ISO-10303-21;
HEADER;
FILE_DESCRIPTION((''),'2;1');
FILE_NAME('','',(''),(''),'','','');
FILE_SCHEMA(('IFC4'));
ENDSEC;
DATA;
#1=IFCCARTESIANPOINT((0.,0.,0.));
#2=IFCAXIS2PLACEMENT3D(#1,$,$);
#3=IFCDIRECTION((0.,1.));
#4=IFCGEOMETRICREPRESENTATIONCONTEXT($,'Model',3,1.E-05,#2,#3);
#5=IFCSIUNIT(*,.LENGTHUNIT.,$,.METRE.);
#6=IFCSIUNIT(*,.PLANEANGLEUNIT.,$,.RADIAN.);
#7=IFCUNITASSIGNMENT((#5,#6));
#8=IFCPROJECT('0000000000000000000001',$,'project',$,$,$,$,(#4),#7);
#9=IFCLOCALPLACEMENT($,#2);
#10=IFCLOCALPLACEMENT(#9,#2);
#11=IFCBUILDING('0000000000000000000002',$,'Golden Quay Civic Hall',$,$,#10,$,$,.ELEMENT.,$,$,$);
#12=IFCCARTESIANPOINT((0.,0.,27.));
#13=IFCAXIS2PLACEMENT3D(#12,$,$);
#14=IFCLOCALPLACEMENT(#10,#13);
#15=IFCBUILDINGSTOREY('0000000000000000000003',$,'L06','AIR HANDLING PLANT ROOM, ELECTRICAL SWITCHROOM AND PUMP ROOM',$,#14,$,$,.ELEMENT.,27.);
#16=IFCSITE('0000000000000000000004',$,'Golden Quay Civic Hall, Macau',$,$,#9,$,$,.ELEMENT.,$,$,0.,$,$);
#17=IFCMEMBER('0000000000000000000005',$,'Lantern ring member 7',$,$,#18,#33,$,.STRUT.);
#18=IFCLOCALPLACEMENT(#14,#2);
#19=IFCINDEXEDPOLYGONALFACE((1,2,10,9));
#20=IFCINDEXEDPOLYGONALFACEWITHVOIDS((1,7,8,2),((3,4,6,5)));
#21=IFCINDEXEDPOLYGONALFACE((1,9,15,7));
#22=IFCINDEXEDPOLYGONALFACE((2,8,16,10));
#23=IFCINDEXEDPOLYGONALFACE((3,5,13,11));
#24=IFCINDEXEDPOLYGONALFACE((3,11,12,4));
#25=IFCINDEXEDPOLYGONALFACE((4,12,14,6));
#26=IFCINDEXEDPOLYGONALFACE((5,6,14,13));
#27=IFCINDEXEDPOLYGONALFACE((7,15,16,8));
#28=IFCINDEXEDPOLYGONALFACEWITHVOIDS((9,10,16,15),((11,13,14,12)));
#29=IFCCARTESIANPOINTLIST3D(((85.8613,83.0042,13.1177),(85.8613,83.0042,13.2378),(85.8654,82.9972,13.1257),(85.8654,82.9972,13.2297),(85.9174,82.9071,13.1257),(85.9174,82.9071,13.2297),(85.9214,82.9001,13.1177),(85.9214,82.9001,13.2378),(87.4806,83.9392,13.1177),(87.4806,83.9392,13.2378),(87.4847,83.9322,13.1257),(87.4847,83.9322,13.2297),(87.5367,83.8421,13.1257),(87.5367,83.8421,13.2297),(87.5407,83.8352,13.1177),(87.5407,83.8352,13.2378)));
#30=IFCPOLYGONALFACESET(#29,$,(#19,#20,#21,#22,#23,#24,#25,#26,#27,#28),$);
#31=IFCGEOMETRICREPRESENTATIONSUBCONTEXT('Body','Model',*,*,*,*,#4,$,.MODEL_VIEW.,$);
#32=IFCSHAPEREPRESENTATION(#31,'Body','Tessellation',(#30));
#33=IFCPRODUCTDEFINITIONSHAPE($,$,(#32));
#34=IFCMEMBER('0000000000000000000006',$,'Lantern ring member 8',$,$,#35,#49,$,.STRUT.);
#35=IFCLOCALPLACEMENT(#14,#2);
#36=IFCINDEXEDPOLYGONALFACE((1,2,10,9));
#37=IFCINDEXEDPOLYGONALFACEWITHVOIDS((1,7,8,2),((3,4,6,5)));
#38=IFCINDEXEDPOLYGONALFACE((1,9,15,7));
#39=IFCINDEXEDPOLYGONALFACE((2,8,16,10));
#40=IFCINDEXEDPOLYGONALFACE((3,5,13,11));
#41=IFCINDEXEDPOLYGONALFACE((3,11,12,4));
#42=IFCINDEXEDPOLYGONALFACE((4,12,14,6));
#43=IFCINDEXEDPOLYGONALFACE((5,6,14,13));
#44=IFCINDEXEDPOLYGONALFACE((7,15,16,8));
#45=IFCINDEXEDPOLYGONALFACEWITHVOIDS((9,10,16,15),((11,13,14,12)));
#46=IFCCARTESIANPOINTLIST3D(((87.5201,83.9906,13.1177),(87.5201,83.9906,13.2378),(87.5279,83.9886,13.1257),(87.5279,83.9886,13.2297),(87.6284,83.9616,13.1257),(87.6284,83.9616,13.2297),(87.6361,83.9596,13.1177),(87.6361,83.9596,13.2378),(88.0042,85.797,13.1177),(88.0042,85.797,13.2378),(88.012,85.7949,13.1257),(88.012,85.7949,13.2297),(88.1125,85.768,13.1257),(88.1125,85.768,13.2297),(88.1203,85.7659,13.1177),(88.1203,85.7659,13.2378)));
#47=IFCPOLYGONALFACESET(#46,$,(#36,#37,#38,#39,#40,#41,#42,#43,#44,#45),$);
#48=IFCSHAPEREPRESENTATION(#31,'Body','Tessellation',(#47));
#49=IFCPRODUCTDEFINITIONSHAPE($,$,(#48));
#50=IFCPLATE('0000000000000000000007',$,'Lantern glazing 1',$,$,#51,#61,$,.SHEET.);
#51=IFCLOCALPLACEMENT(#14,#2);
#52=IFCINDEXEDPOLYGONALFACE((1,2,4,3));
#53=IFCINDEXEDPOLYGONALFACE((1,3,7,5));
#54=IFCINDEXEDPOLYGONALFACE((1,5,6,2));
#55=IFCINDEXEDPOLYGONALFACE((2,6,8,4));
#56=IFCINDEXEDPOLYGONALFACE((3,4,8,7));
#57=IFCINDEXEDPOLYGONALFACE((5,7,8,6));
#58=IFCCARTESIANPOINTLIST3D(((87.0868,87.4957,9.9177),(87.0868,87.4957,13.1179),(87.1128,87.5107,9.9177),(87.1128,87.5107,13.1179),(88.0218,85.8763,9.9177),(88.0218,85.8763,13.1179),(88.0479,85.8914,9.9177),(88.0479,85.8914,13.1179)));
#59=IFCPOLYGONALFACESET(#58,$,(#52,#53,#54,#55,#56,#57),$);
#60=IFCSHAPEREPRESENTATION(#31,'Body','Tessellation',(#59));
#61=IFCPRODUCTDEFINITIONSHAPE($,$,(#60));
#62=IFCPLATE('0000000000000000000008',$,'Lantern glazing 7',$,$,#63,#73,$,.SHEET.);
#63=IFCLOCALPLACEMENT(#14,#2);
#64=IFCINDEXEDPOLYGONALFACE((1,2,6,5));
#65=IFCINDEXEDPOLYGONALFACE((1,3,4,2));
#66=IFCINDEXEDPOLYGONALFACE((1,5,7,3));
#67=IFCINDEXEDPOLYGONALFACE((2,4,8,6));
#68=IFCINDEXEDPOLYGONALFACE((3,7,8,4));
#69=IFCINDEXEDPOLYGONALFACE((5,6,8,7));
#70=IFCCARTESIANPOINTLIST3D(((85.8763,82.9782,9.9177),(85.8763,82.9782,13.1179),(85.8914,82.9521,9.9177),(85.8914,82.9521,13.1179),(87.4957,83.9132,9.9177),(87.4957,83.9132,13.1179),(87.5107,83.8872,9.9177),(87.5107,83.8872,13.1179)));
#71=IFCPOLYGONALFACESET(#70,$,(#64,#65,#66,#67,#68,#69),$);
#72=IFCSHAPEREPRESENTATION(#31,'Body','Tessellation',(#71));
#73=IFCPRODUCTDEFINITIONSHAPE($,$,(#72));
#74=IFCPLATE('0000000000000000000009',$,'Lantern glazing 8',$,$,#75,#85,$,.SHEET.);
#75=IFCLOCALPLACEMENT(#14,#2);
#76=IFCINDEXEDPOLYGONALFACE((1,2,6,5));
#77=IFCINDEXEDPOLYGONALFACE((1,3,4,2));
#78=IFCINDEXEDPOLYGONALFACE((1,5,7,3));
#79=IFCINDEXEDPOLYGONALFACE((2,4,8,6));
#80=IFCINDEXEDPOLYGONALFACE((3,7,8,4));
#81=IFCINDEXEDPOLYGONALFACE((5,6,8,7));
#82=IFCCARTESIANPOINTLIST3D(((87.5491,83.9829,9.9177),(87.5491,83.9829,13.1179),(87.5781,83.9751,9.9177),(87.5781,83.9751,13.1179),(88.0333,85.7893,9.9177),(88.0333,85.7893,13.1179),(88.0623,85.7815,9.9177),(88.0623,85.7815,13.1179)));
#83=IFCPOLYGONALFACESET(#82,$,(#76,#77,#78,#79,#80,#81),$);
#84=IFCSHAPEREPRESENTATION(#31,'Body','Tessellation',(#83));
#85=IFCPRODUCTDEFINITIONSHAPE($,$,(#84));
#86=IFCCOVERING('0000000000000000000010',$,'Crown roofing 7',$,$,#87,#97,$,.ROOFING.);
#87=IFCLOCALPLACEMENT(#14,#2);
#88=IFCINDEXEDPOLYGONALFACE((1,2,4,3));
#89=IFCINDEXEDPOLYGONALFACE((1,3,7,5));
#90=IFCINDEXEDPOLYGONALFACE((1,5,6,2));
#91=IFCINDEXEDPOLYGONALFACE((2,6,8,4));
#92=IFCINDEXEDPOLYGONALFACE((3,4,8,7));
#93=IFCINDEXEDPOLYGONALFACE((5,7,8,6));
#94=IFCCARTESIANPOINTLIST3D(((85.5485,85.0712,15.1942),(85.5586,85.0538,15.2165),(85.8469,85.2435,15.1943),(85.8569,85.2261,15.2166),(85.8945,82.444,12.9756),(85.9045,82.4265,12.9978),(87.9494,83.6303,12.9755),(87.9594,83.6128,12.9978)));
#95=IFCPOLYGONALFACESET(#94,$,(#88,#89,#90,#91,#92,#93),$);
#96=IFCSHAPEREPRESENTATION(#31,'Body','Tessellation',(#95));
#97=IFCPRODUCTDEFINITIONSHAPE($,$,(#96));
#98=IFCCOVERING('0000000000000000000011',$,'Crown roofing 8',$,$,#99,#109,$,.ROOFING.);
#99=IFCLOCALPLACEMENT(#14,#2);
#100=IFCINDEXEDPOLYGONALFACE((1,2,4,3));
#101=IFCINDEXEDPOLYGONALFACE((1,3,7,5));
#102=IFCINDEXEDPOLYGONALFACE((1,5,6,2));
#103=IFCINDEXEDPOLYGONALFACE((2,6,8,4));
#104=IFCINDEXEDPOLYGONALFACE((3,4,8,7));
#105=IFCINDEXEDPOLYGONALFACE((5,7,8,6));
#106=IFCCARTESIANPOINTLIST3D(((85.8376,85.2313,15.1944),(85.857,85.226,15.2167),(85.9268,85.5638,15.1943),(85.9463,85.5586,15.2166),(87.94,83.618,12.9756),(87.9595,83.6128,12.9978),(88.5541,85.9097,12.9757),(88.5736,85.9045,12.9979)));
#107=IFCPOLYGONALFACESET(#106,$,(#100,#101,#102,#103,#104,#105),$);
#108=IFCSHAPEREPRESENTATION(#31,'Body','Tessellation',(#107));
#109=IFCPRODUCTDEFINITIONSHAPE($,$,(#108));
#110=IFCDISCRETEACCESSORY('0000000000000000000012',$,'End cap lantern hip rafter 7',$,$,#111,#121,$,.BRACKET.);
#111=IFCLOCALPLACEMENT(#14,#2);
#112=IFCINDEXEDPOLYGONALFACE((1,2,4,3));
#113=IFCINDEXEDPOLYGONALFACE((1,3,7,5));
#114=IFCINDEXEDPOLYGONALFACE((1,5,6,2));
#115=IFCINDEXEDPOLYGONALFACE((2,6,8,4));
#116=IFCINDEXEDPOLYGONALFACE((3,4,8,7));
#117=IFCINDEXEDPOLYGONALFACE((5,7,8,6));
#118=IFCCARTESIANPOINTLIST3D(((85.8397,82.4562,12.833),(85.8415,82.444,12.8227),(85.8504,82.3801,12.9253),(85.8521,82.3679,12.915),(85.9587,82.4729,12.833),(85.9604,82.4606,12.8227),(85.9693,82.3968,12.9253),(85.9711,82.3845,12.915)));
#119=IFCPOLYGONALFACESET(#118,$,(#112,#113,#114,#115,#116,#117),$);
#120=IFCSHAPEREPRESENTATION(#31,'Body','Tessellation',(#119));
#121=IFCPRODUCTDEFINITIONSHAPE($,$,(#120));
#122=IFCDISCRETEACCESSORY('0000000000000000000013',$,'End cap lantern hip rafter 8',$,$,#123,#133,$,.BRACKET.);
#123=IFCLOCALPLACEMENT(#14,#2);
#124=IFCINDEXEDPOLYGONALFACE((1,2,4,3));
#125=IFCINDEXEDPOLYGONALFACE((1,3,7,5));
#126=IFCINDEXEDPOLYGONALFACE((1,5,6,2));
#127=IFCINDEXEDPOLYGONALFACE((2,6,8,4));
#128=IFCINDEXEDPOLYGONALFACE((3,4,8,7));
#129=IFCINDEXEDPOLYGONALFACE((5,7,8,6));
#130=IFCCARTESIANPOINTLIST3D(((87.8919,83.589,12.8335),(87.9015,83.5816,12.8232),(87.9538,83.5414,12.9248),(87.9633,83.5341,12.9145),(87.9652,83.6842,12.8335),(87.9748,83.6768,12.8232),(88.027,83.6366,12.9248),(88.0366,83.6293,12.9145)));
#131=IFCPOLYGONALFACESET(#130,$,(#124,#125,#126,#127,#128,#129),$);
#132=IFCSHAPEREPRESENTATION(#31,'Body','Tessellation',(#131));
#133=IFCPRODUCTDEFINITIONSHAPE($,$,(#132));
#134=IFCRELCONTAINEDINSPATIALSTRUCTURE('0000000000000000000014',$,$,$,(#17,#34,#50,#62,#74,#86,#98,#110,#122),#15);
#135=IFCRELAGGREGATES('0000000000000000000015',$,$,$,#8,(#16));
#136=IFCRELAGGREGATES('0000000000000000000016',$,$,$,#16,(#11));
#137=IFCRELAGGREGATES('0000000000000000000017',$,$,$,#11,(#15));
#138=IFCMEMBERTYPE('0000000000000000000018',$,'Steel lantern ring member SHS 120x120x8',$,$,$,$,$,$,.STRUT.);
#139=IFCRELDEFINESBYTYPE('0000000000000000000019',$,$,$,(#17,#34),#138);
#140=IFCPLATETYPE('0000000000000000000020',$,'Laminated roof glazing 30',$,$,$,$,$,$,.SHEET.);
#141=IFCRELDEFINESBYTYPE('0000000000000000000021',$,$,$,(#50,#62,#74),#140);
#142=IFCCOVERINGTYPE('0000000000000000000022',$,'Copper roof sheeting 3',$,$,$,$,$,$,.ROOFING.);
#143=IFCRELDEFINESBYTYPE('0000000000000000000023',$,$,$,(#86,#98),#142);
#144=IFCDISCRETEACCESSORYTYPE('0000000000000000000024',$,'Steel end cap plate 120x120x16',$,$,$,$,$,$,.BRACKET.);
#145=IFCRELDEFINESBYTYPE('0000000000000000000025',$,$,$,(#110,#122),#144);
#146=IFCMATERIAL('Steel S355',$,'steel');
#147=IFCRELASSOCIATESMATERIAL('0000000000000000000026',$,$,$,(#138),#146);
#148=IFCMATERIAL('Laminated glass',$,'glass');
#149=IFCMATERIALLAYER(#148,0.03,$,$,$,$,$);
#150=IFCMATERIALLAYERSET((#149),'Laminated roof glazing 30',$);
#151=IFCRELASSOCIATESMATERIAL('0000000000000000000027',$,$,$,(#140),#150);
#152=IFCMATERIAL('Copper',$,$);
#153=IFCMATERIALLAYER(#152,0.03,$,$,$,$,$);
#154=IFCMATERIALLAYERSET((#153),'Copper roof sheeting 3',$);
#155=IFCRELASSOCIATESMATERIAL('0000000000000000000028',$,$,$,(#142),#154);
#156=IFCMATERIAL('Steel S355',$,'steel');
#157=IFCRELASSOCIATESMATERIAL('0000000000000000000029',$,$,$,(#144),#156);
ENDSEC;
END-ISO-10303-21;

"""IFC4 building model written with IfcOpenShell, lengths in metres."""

from ifc_helpers import new_model, si_unit, direction, frame, origin, origin_2d, place, context, subcontext, project, spatial, polyline, rectangle, hollow_rectangle, outline, extrude, material, layer, layer_set, material_profile, profile_set, type_object, element, save


model = new_model("IFC4")

# Units and contexts
model_context = context("Model", 3, precision=1e-05, world=origin(), true_north=direction((0.0, 1.0)))
body_context = subcontext(model_context, "Body", "Model", "MODEL_VIEW")
ifc_project = project(units=[si_unit("LENGTHUNIT", "METRE"), si_unit("PLANEANGLEUNIT", "RADIAN")], contexts=[model_context])

# Site, building, storey
site_placement = place(None, origin())
site = spatial("IfcSite", under=ifc_project, at=site_placement, Name="Golden Quay Civic Hall, Macau", CompositionType="ELEMENT", RefElevation=0.0)
building_placement = place(site_placement, origin())
building = spatial("IfcBuilding", under=site, at=building_placement, Name="Golden Quay Civic Hall", CompositionType="ELEMENT")
storey_placement = place(building_placement, frame((0.0, 0.0, 27.0)))
storey = spatial("IfcBuildingStorey", under=building, at=storey_placement, Name="L06", Description="AIR HANDLING PLANT ROOM, ELECTRICAL SWITCHROOM AND PUMP ROOM", CompositionType="ELEMENT", Elevation=27.0)

# Members
ifc_material_1 = material(Name="Steel S355", Category="steel")
ifc_material_profile_1 = material_profile(ifc_material_1, hollow_rectangle(XDim=0.1201, YDim=0.1201, WallThickness=0.0081, at=origin_2d()), Name="SHS 120x120x8")
ifc_profile_set_1 = profile_set([ifc_material_profile_1], Name="Steel S355")
member_type_1 = type_object("IfcMemberType", Name="Steel lantern ring member SHS 120x120x8", PredefinedType="STRUT", material=ifc_profile_set_1)
for number, where, z_axis, x_axis, name in (
    (1, (85.8914, 82.9521, 13.1777), (0.866001, 0.500043, 0.0), (-0.500043, 0.866001, 0.0), "Lantern ring member 7"),
):
    element("IfcMember", number, at=place(storey_placement, frame(where, z_axis=z_axis, x_axis=x_axis)), inside=storey, type_object=member_type_1, Name=name, PredefinedType="STRUT", context=body_context, shape_type="SweptSolid", body=[
        extrude(hollow_rectangle(XDim=0.1201, YDim=0.1201, WallThickness=0.0081, at=origin_2d()), origin(), (0.0, 0.0, 1.0), 1.8699),
    ])
member_1_placement = place(storey_placement, frame((87.5781, 83.9751, 13.1777), z_axis=(0.258873, 0.965911, 0.0), x_axis=(-0.965911, 0.258873, 0.0)))
element("IfcMember", 2, at=member_1_placement, inside=storey, type_object=member_type_1, Name="Lantern ring member 8", PredefinedType="STRUT", context=body_context, shape_type="SweptSolid", body=[
    extrude(hollow_rectangle(XDim=0.1201, YDim=0.1201, WallThickness=0.0081, at=origin_2d()), origin(), (0.0, 0.0, 1.0), 1.8701),
])

# Plates
ifc_material_2 = material(Name="Laminated glass", Category="glass")
ifc_layer_1 = layer(ifc_material_2, 0.03)
ifc_layer_set_1 = layer_set([ifc_layer_1], Name="Laminated roof glazing 30")
plate_type = type_object("IfcPlateType", Name="Laminated roof glazing 30", PredefinedType="SHEET", material=ifc_layer_set_1)
for number, where, z_axis, x_axis, name in (
    (3, (88.0479, 85.8914, 9.9177), (0.866001, 0.500043, 0.0), (-0.500043, 0.866001, 0.0), "Lantern glazing 1"),
    (4, (85.8914, 82.9521, 9.9177), (0.500043, -0.866001, 0.0), (0.866001, 0.500043, 0.0), "Lantern glazing 7"),
):
    element("IfcPlate", number, at=place(storey_placement, frame(where, z_axis=z_axis, x_axis=x_axis)), inside=storey, type_object=plate_type, Name=name, PredefinedType="SHEET", context=body_context, shape_type="SweptSolid", body=[
        extrude(outline(polyline([(0.0, 0.0), (1.87, 0.0), (1.87, 3.2002), (0.0, 3.2002), (0.0, 0.0)])), origin(), (0.0, 0.0, -1.0), 0.03),
    ])
plate_placement = place(storey_placement, frame((87.5781, 83.9751, 9.9177), z_axis=(0.965911, -0.258873, 0.0), x_axis=(0.258873, 0.965911, 0.0)))
element("IfcPlate", 5, at=plate_placement, inside=storey, type_object=plate_type, Name="Lantern glazing 8", PredefinedType="SHEET", context=body_context, shape_type="SweptSolid", body=[
    extrude(outline(polyline([(0.0, 0.0), (1.8701, 0.0), (1.8701, 3.2002), (0.0, 3.2002), (0.0, 0.0)])), origin(), (0.0, 0.0, -1.0), 0.03),
])

# Coverings
ifc_material_3 = material(Name="Copper")
ifc_layer_2 = layer(ifc_material_3, 0.03)
ifc_layer_set_2 = layer_set([ifc_layer_2], Name="Copper roof sheeting 3")
covering_type = type_object("IfcCoveringType", Name="Copper roof sheeting 3", PredefinedType="ROOFING", material=ifc_layer_set_2)
covering_1_placement = place(storey_placement, frame((85.9045, 82.4265, 12.9978), z_axis=(0.335754, -0.581551, 0.740991), x_axis=(0.86604, 0.499974, -0.000022)))
element("IfcCovering", 6, at=covering_1_placement, inside=storey, type_object=covering_type, Name="Crown roofing 7", PredefinedType="ROOFING", context=body_context, shape_type="SweptSolid", body=[
    extrude(outline(polyline([(0.0, 0.0), (2.3728, 0.0), (1.3584, 3.3041), (1.0139, 3.3041), (0.0, 0.0)])), origin(), (0.0, 0.0, -1.0), 0.03),
])
covering_2_placement = place(storey_placement, frame((87.9595, 83.6128, 12.9978), z_axis=(0.648623, -0.173847, 0.740989), x_axis=(0.258837, 0.965921, 0.000047)))
element("IfcCovering", 7, at=covering_2_placement, inside=storey, type_object=covering_type, Name="Crown roofing 8", PredefinedType="ROOFING", context=body_context, shape_type="SweptSolid", body=[
    extrude(outline(polyline([(0.0, 0.0), (2.3726, 0.0), (1.3585, 3.304), (1.0142, 3.3042), (0.0, 0.0)])), origin(), (0.0, 0.0, -1.0), 0.03),
])

# Discrete accessories
ifc_material_4 = material(Name="Steel S355", Category="steel")
ifc_material_profile_2 = material_profile(ifc_material_4, rectangle(XDim=0.1201, YDim=0.1201, at=origin_2d()), Name="Steel end cap plate 120x120x16")
ifc_profile_set_2 = profile_set([ifc_material_profile_2], Name="Steel S355")
discrete_accessory_type = type_object("IfcDiscreteAccessoryType", Name="Steel end cap plate 120x120x16", PredefinedType="BRACKET", material=ifc_profile_set_2)
discrete_accessory_1_placement = place(storey_placement, frame((85.9045, 82.4265, 12.8792), z_axis=(0.106588, -0.761343, -0.639528), x_axis=(0.990342, 0.138648, 0.0)))
element("IfcDiscreteAccessory", 8, at=discrete_accessory_1_placement, inside=storey, type_object=discrete_accessory_type, Name="End cap lantern hip rafter 7", PredefinedType="BRACKET", context=body_context, shape_type="SweptSolid", body=[
    extrude(rectangle(XDim=0.1201, YDim=0.1201, at=origin_2d()), origin(), (0.0, 0.0, 1.0), 0.0161),
])
discrete_accessory_2_placement = place(storey_placement, frame((87.9595, 83.6128, 12.8792), z_axis=(0.602861, -0.463739, -0.649234), x_axis=(0.609711, 0.792624, 0.0)))
element("IfcDiscreteAccessory", 9, at=discrete_accessory_2_placement, inside=storey, type_object=discrete_accessory_type, Name="End cap lantern hip rafter 8", PredefinedType="BRACKET", context=body_context, shape_type="SweptSolid", body=[
    extrude(rectangle(XDim=0.1201, YDim=0.1201, at=origin_2d()), origin(), (0.0, 0.0, 1.0), 0.0159),
])

save(model, "model.ifc")
